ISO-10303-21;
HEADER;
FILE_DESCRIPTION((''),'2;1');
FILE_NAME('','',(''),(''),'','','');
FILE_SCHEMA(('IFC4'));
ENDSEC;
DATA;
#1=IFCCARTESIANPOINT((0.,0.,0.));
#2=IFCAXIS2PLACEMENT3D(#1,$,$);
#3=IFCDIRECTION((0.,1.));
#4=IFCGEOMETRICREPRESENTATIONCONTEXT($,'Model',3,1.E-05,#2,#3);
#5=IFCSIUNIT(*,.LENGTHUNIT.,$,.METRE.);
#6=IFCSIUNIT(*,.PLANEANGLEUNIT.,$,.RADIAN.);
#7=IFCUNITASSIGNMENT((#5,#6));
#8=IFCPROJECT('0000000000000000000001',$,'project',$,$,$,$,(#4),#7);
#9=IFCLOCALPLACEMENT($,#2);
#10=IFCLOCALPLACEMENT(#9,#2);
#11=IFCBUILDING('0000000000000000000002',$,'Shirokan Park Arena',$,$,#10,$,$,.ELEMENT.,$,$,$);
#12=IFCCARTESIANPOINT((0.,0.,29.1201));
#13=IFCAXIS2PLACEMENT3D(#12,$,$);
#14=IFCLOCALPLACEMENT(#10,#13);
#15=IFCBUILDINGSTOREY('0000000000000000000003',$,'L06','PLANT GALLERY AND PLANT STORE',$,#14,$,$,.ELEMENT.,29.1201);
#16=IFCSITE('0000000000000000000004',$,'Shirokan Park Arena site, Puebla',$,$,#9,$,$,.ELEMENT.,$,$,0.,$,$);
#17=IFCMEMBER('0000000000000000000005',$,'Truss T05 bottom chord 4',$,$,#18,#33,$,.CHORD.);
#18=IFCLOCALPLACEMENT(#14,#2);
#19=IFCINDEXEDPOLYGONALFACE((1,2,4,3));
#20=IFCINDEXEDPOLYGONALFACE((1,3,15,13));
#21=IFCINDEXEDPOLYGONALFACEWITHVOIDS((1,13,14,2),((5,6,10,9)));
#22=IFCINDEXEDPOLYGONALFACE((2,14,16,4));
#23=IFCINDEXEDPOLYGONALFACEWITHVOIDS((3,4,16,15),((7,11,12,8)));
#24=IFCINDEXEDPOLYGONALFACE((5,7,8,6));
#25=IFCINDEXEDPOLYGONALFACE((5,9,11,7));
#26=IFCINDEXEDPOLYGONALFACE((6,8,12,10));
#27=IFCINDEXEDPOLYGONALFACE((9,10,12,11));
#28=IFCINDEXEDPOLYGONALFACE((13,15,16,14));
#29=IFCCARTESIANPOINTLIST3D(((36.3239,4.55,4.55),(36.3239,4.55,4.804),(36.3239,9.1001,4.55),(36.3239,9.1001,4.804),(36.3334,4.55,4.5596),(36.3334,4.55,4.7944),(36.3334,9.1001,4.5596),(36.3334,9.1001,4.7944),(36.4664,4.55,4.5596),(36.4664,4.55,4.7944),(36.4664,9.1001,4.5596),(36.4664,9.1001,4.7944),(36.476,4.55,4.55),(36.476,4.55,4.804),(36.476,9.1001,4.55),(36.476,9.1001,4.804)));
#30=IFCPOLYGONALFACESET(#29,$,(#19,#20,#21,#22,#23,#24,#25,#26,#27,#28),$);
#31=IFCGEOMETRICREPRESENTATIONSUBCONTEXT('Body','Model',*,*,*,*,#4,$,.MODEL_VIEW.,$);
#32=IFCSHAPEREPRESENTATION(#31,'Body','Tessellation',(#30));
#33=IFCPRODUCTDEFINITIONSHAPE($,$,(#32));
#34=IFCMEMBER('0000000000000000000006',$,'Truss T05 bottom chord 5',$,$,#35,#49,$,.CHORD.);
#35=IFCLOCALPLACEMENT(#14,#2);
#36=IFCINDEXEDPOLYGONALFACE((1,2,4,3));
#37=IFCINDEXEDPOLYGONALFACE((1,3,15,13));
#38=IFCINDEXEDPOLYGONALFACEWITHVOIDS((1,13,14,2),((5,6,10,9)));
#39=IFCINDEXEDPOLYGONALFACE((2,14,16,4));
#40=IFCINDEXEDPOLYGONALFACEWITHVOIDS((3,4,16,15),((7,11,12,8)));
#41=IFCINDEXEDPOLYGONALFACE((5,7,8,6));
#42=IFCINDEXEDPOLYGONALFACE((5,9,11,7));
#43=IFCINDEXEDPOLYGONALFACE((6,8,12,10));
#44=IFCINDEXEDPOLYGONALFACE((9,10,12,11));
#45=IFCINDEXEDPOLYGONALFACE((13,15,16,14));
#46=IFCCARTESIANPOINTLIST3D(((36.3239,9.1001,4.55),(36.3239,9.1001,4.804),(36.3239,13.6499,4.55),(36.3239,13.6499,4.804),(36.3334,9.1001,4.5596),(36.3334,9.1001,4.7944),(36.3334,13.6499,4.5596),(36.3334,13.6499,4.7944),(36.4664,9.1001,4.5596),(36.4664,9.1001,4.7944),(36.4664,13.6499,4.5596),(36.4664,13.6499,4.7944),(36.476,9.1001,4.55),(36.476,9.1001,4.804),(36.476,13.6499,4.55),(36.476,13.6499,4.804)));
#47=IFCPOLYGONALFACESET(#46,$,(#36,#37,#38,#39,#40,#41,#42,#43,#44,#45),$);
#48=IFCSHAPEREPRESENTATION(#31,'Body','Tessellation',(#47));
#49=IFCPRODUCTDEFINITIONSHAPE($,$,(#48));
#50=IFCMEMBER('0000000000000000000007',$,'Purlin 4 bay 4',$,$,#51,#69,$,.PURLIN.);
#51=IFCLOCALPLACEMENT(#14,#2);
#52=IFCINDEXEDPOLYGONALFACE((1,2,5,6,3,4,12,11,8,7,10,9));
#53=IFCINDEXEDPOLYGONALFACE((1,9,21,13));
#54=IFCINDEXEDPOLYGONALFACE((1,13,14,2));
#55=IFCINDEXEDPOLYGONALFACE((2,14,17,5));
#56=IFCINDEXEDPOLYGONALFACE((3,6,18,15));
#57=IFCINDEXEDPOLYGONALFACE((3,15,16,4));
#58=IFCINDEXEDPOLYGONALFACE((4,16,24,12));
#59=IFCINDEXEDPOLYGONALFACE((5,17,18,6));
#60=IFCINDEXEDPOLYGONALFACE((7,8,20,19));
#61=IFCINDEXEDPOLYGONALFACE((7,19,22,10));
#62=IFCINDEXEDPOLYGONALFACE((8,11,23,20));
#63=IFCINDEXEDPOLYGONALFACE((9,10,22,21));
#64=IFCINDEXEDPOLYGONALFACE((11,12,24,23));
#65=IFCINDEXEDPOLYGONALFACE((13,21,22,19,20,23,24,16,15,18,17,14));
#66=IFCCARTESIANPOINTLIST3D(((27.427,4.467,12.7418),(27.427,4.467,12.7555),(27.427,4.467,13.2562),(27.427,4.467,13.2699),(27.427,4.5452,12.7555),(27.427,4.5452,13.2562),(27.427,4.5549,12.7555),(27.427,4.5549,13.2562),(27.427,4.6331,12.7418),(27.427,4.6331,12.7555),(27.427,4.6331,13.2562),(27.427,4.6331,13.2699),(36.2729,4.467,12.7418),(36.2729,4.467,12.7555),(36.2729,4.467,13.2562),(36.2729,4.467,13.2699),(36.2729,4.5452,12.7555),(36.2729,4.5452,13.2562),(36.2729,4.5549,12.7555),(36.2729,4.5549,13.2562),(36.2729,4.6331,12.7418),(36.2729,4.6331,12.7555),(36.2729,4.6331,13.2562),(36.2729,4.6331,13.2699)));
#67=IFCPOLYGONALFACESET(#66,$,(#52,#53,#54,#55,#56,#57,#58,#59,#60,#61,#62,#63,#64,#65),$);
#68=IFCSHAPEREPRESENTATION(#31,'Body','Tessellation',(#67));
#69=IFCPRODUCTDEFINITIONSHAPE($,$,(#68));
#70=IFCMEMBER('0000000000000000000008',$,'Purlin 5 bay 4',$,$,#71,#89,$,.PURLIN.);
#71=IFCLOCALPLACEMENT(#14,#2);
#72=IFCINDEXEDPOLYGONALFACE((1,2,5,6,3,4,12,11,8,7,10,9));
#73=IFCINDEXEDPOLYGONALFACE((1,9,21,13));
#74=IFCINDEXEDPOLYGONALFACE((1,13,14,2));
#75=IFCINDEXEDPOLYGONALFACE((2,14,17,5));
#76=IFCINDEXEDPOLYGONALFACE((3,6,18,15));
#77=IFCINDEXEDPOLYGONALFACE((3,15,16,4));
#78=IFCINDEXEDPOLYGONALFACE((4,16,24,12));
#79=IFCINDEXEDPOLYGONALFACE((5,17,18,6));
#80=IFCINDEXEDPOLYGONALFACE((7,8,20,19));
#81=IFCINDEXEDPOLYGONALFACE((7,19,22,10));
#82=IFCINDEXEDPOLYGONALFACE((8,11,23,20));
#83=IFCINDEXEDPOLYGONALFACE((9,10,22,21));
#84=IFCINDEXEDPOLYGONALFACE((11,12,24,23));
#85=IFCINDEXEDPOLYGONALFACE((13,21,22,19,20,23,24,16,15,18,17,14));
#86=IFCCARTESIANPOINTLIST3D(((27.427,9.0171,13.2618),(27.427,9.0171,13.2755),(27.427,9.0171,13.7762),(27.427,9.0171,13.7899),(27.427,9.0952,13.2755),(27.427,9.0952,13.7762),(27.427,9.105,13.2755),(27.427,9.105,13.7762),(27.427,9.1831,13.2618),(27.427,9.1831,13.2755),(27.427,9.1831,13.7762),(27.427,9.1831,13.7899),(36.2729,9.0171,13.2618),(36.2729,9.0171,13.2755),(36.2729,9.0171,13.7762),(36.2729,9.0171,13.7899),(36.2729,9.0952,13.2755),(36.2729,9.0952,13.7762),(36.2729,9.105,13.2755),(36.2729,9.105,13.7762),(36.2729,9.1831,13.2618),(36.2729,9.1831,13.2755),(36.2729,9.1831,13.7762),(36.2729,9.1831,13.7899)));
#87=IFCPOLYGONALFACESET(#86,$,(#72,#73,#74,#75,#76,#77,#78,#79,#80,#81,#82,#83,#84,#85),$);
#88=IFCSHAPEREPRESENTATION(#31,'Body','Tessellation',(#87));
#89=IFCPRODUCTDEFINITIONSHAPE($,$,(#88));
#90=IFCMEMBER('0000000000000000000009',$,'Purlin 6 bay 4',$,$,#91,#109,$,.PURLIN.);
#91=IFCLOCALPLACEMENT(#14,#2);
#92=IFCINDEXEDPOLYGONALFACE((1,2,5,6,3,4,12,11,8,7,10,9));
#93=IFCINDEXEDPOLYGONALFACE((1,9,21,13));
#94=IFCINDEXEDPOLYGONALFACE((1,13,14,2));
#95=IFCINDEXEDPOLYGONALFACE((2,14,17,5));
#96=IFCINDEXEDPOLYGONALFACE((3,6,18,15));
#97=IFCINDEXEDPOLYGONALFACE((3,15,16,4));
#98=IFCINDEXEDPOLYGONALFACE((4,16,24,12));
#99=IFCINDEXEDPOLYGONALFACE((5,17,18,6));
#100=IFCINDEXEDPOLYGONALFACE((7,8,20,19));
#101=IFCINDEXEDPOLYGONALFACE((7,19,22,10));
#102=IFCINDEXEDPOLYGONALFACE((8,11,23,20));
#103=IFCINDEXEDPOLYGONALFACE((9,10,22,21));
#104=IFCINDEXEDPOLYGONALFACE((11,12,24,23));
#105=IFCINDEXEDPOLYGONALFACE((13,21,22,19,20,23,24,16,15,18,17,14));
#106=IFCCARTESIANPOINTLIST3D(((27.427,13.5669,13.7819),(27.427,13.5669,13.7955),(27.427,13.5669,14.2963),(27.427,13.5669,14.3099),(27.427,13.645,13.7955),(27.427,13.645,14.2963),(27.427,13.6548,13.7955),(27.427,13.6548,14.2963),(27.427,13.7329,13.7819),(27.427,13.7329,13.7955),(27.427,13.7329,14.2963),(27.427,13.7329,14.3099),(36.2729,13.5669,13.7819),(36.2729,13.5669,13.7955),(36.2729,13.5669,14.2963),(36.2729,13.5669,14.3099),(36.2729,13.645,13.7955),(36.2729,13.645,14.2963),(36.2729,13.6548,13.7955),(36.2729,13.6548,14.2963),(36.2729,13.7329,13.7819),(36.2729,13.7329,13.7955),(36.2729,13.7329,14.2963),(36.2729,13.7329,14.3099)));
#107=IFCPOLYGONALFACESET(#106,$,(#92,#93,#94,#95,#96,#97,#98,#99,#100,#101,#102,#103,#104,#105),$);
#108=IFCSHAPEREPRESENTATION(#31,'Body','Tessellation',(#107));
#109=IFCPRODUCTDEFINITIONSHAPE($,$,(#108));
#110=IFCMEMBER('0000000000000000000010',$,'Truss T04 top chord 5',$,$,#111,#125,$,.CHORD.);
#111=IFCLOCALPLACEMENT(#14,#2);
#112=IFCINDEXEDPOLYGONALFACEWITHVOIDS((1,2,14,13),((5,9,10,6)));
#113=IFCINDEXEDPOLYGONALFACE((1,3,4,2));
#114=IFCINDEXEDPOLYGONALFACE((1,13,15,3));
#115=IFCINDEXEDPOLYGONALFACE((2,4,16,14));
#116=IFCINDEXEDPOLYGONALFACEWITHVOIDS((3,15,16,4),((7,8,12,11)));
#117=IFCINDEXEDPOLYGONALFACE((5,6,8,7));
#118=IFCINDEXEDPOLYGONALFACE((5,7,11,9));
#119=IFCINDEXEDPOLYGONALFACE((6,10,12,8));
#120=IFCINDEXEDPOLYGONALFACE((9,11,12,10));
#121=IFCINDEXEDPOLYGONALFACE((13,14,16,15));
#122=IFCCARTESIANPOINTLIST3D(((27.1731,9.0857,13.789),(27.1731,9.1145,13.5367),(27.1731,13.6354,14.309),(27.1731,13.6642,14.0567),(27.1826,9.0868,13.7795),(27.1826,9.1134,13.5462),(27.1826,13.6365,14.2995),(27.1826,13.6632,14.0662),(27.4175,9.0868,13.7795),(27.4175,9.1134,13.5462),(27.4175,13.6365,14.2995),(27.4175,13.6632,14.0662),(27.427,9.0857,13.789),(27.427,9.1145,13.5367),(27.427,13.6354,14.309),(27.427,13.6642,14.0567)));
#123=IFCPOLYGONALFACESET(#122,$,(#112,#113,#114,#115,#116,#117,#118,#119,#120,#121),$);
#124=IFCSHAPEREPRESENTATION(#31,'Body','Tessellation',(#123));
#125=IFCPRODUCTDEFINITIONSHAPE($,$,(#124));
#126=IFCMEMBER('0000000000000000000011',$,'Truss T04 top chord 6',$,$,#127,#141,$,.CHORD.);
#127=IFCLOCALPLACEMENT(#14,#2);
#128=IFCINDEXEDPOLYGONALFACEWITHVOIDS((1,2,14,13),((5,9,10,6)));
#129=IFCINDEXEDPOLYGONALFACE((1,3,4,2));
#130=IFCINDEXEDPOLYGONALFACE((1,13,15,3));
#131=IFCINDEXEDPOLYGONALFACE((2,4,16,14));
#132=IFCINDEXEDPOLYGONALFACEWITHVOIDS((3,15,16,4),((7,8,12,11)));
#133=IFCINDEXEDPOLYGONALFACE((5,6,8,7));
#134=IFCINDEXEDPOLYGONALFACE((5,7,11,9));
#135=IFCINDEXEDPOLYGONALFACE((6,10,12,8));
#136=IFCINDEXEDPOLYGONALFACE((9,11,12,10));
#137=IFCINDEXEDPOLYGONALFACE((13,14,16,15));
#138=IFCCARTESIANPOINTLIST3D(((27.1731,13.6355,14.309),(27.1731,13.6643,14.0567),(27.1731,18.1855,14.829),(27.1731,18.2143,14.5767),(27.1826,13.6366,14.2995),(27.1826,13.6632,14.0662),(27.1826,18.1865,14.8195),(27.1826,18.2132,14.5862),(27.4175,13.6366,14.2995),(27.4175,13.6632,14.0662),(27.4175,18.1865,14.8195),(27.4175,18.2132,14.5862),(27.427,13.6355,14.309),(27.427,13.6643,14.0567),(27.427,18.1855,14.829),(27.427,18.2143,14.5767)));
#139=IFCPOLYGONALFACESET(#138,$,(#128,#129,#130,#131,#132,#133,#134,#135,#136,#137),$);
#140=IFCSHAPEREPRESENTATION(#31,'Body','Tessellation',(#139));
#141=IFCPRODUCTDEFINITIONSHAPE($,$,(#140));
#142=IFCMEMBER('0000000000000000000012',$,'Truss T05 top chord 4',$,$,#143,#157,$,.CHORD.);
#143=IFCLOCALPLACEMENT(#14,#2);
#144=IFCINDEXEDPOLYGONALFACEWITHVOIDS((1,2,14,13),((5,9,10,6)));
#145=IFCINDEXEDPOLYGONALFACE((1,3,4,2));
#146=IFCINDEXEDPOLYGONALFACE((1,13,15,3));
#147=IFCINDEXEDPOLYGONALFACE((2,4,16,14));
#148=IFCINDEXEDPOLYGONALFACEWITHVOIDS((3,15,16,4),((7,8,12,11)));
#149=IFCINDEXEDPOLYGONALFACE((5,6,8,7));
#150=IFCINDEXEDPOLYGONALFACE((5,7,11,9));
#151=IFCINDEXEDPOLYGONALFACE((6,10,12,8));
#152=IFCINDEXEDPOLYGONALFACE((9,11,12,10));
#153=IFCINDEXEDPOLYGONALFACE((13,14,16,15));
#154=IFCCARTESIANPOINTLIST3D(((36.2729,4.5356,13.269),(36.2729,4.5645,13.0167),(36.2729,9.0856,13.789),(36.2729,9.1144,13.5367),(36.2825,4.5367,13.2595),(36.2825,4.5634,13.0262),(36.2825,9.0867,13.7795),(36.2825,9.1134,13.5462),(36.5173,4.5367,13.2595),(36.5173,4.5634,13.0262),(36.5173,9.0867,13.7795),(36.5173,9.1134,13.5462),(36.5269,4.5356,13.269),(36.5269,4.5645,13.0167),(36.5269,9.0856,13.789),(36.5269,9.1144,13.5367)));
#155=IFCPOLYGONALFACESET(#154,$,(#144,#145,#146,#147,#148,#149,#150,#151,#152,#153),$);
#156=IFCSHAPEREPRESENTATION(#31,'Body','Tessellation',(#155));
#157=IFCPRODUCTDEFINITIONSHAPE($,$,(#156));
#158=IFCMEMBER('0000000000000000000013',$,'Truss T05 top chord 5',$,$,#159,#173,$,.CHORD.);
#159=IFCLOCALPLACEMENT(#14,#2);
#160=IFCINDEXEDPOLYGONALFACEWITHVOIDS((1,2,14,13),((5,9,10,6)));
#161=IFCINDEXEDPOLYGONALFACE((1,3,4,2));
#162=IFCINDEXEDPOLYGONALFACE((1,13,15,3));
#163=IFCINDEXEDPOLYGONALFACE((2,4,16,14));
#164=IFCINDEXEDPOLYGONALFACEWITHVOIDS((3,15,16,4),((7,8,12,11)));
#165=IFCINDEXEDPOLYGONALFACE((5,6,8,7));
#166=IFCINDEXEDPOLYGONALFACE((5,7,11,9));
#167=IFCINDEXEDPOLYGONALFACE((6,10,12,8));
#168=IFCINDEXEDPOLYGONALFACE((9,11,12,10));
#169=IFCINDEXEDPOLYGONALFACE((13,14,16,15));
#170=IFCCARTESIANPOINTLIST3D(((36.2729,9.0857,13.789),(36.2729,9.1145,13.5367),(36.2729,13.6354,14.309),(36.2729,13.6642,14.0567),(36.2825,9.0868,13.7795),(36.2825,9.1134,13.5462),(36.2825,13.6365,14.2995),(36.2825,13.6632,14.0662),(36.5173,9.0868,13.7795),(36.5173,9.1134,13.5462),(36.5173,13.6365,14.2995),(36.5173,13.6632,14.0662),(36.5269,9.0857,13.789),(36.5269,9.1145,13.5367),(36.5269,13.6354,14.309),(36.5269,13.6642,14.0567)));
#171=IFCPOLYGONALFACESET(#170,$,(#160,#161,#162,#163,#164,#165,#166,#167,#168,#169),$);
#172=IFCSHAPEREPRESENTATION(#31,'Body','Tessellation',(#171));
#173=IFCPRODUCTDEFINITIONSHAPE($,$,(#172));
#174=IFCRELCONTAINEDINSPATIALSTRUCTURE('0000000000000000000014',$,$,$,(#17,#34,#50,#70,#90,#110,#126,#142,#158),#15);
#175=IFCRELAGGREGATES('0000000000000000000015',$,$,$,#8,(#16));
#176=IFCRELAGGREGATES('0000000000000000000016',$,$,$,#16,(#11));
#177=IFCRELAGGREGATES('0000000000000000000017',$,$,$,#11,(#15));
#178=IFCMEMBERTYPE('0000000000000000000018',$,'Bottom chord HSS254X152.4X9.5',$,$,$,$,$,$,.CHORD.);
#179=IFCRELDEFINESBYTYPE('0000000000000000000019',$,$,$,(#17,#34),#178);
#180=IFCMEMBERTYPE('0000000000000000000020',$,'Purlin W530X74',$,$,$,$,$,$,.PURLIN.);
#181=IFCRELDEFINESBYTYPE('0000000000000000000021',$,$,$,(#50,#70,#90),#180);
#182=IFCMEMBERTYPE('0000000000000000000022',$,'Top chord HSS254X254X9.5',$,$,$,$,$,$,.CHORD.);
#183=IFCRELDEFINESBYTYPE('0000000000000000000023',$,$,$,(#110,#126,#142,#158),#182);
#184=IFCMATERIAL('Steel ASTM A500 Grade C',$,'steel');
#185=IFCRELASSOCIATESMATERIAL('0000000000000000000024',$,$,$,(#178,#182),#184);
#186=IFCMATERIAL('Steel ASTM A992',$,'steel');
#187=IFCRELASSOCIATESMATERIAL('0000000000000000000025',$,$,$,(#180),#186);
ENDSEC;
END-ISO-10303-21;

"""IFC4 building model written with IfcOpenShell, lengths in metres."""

from ifc_helpers import new_model, si_unit, direction, frame, origin, origin_2d, place, context, subcontext, project, spatial, hollow_rectangle, i_section, extrude, material, material_profile, profile_set, type_object, element, save


model = new_model("IFC4")

# Units and contexts
model_context = context("Model", 3, precision=1e-05, world=origin(), true_north=direction((0.0, 1.0)))
body_context = subcontext(model_context, "Body", "Model", "MODEL_VIEW")
ifc_project = project(units=[si_unit("LENGTHUNIT", "METRE"), si_unit("PLANEANGLEUNIT", "RADIAN")], contexts=[model_context])

# Site, building, storey
site_placement = place(None, origin())
site = spatial("IfcSite", under=ifc_project, at=site_placement, Name="Shirokan Park Arena site, Puebla", CompositionType="ELEMENT", RefElevation=0.0)
building_placement = place(site_placement, origin())
building = spatial("IfcBuilding", under=site, at=building_placement, Name="Shirokan Park Arena", CompositionType="ELEMENT")
storey_placement = place(building_placement, frame((0.0, 0.0, 29.1201)))
storey = spatial("IfcBuildingStorey", under=building, at=storey_placement, Name="L06", Description="PLANT GALLERY AND PLANT STORE", CompositionType="ELEMENT", Elevation=29.1201)

# Members
ifc_material_1 = material(Name="Steel ASTM A500 Grade C", Category="steel")
ifc_material_profile_1 = material_profile(ifc_material_1, hollow_rectangle(XDim=0.1521, YDim=0.2539, WallThickness=0.0095, at=origin_2d()), Name="HSS254X152.4X9.5")
ifc_profile_set_1 = profile_set([ifc_material_profile_1], Name="Steel ASTM A500 Grade C")
member_type_1 = type_object("IfcMemberType", Name="Bottom chord HSS254X152.4X9.5", PredefinedType="CHORD", material=ifc_profile_set_1)
member_1_placement = place(storey_placement, frame((36.3999, 4.55, 4.677), z_axis=(0.0, 1.0, 0.0), x_axis=(-1.0, 0.0, 0.0)))
element("IfcMember", 1, at=member_1_placement, inside=storey, type_object=member_type_1, Name="Truss T05 bottom chord 4", PredefinedType="CHORD", context=body_context, shape_type="SweptSolid", body=[
    extrude(hollow_rectangle(XDim=0.1521, YDim=0.2539, WallThickness=0.0095, at=origin_2d()), origin(), (0.0, 0.0, 1.0), 4.55),
])
member_2_placement = place(storey_placement, frame((36.3999, 9.1001, 4.677), z_axis=(0.0, 1.0, 0.0), x_axis=(-1.0, 0.0, 0.0)))
element("IfcMember", 2, at=member_2_placement, inside=storey, type_object=member_type_1, Name="Truss T05 bottom chord 5", PredefinedType="CHORD", context=body_context, shape_type="SweptSolid", body=[
    extrude(hollow_rectangle(XDim=0.1521, YDim=0.2539, WallThickness=0.0095, at=origin_2d()), origin(), (0.0, 0.0, 1.0), 4.5498),
])
ifc_material_2 = material(Name="Steel ASTM A992", Category="steel")
ifc_material_profile_2 = material_profile(ifc_material_2, i_section(OverallWidth=0.166, OverallDepth=0.5281, WebThickness=0.0098, FlangeThickness=0.0137, at=origin_2d()), Name="W530X74")
ifc_profile_set_2 = profile_set([ifc_material_profile_2], Name="Steel ASTM A992")
member_type_2 = type_object("IfcMemberType", Name="Purlin W530X74", PredefinedType="PURLIN", material=ifc_profile_set_2)
for number, where, z_axis, x_axis, name in (
    (3, (27.427, 4.55, 13.0059), (1.0, 0.0, 0.0), (0.0, 1.0, 0.0), "Purlin 4 bay 4"),
    (4, (27.427, 9.1001, 13.5259), (1.0, 0.0, 0.0), (0.0, 1.0, 0.0), "Purlin 5 bay 4"),
    (5, (27.427, 13.6499, 14.0459), (1.0, 0.0, 0.0), (0.0, 1.0, 0.0), "Purlin 6 bay 4"),
):
    element("IfcMember", number, at=place(storey_placement, frame(where, z_axis=z_axis, x_axis=x_axis)), inside=storey, type_object=member_type_2, Name=name, PredefinedType="PURLIN", context=body_context, shape_type="SweptSolid", body=[
        extrude(i_section(OverallWidth=0.166, OverallDepth=0.5281, WebThickness=0.0098, FlangeThickness=0.0137, at=origin_2d()), origin(), (0.0, 0.0, 1.0), 8.8459),
    ])
ifc_material_profile_3 = material_profile(ifc_material_1, hollow_rectangle(XDim=0.2539, YDim=0.2539, WallThickness=0.0095, at=origin_2d()), Name="HSS254X254X9.5")
ifc_profile_set_3 = profile_set([ifc_material_profile_3], Name="Steel ASTM A500 Grade C")
member_type_3 = type_object("IfcMemberType", Name="Top chord HSS254X254X9.5", PredefinedType="CHORD", material=ifc_profile_set_3)
member_3_placement = place(storey_placement, frame((27.3, 9.1001, 13.6628), z_axis=(0.0, 0.993532, 0.113556), x_axis=(-1.0, 0.0, 0.0)))
element("IfcMember", 6, at=member_3_placement, inside=storey, type_object=member_type_3, Name="Truss T04 top chord 5", PredefinedType="CHORD", context=body_context, shape_type="SweptSolid", body=[
    extrude(hollow_rectangle(XDim=0.2539, YDim=0.2539, WallThickness=0.0095, at=origin_2d()), origin(), (0.0, 0.0, 1.0), 4.5793),
])
for number, where, z_axis, x_axis, name in (
    (7, (27.3, 13.6499, 14.1829), (0.0, 0.993532, 0.11355), (-1.0, 0.0, 0.0), "Truss T04 top chord 6"),
    (8, (36.3999, 4.55, 13.1428), (0.0, 0.993532, 0.11355), (-1.0, 0.0, 0.0), "Truss T05 top chord 4"),
):
    element("IfcMember", number, at=place(storey_placement, frame(where, z_axis=z_axis, x_axis=x_axis)), inside=storey, type_object=member_type_3, Name=name, PredefinedType="CHORD", context=body_context, shape_type="SweptSolid", body=[
        extrude(hollow_rectangle(XDim=0.2539, YDim=0.2539, WallThickness=0.0095, at=origin_2d()), origin(), (0.0, 0.0, 1.0), 4.5796),
    ])
member_4_placement = place(storey_placement, frame((36.3999, 9.1001, 13.6628), z_axis=(0.0, 0.993532, 0.113556), x_axis=(-1.0, 0.0, 0.0)))
element("IfcMember", 9, at=member_4_placement, inside=storey, type_object=member_type_3, Name="Truss T05 top chord 5", PredefinedType="CHORD", context=body_context, shape_type="SweptSolid", body=[
    extrude(hollow_rectangle(XDim=0.2539, YDim=0.2539, WallThickness=0.0095, at=origin_2d()), origin(), (0.0, 0.0, 1.0), 4.5793),
])

save(model, "model.ifc")
